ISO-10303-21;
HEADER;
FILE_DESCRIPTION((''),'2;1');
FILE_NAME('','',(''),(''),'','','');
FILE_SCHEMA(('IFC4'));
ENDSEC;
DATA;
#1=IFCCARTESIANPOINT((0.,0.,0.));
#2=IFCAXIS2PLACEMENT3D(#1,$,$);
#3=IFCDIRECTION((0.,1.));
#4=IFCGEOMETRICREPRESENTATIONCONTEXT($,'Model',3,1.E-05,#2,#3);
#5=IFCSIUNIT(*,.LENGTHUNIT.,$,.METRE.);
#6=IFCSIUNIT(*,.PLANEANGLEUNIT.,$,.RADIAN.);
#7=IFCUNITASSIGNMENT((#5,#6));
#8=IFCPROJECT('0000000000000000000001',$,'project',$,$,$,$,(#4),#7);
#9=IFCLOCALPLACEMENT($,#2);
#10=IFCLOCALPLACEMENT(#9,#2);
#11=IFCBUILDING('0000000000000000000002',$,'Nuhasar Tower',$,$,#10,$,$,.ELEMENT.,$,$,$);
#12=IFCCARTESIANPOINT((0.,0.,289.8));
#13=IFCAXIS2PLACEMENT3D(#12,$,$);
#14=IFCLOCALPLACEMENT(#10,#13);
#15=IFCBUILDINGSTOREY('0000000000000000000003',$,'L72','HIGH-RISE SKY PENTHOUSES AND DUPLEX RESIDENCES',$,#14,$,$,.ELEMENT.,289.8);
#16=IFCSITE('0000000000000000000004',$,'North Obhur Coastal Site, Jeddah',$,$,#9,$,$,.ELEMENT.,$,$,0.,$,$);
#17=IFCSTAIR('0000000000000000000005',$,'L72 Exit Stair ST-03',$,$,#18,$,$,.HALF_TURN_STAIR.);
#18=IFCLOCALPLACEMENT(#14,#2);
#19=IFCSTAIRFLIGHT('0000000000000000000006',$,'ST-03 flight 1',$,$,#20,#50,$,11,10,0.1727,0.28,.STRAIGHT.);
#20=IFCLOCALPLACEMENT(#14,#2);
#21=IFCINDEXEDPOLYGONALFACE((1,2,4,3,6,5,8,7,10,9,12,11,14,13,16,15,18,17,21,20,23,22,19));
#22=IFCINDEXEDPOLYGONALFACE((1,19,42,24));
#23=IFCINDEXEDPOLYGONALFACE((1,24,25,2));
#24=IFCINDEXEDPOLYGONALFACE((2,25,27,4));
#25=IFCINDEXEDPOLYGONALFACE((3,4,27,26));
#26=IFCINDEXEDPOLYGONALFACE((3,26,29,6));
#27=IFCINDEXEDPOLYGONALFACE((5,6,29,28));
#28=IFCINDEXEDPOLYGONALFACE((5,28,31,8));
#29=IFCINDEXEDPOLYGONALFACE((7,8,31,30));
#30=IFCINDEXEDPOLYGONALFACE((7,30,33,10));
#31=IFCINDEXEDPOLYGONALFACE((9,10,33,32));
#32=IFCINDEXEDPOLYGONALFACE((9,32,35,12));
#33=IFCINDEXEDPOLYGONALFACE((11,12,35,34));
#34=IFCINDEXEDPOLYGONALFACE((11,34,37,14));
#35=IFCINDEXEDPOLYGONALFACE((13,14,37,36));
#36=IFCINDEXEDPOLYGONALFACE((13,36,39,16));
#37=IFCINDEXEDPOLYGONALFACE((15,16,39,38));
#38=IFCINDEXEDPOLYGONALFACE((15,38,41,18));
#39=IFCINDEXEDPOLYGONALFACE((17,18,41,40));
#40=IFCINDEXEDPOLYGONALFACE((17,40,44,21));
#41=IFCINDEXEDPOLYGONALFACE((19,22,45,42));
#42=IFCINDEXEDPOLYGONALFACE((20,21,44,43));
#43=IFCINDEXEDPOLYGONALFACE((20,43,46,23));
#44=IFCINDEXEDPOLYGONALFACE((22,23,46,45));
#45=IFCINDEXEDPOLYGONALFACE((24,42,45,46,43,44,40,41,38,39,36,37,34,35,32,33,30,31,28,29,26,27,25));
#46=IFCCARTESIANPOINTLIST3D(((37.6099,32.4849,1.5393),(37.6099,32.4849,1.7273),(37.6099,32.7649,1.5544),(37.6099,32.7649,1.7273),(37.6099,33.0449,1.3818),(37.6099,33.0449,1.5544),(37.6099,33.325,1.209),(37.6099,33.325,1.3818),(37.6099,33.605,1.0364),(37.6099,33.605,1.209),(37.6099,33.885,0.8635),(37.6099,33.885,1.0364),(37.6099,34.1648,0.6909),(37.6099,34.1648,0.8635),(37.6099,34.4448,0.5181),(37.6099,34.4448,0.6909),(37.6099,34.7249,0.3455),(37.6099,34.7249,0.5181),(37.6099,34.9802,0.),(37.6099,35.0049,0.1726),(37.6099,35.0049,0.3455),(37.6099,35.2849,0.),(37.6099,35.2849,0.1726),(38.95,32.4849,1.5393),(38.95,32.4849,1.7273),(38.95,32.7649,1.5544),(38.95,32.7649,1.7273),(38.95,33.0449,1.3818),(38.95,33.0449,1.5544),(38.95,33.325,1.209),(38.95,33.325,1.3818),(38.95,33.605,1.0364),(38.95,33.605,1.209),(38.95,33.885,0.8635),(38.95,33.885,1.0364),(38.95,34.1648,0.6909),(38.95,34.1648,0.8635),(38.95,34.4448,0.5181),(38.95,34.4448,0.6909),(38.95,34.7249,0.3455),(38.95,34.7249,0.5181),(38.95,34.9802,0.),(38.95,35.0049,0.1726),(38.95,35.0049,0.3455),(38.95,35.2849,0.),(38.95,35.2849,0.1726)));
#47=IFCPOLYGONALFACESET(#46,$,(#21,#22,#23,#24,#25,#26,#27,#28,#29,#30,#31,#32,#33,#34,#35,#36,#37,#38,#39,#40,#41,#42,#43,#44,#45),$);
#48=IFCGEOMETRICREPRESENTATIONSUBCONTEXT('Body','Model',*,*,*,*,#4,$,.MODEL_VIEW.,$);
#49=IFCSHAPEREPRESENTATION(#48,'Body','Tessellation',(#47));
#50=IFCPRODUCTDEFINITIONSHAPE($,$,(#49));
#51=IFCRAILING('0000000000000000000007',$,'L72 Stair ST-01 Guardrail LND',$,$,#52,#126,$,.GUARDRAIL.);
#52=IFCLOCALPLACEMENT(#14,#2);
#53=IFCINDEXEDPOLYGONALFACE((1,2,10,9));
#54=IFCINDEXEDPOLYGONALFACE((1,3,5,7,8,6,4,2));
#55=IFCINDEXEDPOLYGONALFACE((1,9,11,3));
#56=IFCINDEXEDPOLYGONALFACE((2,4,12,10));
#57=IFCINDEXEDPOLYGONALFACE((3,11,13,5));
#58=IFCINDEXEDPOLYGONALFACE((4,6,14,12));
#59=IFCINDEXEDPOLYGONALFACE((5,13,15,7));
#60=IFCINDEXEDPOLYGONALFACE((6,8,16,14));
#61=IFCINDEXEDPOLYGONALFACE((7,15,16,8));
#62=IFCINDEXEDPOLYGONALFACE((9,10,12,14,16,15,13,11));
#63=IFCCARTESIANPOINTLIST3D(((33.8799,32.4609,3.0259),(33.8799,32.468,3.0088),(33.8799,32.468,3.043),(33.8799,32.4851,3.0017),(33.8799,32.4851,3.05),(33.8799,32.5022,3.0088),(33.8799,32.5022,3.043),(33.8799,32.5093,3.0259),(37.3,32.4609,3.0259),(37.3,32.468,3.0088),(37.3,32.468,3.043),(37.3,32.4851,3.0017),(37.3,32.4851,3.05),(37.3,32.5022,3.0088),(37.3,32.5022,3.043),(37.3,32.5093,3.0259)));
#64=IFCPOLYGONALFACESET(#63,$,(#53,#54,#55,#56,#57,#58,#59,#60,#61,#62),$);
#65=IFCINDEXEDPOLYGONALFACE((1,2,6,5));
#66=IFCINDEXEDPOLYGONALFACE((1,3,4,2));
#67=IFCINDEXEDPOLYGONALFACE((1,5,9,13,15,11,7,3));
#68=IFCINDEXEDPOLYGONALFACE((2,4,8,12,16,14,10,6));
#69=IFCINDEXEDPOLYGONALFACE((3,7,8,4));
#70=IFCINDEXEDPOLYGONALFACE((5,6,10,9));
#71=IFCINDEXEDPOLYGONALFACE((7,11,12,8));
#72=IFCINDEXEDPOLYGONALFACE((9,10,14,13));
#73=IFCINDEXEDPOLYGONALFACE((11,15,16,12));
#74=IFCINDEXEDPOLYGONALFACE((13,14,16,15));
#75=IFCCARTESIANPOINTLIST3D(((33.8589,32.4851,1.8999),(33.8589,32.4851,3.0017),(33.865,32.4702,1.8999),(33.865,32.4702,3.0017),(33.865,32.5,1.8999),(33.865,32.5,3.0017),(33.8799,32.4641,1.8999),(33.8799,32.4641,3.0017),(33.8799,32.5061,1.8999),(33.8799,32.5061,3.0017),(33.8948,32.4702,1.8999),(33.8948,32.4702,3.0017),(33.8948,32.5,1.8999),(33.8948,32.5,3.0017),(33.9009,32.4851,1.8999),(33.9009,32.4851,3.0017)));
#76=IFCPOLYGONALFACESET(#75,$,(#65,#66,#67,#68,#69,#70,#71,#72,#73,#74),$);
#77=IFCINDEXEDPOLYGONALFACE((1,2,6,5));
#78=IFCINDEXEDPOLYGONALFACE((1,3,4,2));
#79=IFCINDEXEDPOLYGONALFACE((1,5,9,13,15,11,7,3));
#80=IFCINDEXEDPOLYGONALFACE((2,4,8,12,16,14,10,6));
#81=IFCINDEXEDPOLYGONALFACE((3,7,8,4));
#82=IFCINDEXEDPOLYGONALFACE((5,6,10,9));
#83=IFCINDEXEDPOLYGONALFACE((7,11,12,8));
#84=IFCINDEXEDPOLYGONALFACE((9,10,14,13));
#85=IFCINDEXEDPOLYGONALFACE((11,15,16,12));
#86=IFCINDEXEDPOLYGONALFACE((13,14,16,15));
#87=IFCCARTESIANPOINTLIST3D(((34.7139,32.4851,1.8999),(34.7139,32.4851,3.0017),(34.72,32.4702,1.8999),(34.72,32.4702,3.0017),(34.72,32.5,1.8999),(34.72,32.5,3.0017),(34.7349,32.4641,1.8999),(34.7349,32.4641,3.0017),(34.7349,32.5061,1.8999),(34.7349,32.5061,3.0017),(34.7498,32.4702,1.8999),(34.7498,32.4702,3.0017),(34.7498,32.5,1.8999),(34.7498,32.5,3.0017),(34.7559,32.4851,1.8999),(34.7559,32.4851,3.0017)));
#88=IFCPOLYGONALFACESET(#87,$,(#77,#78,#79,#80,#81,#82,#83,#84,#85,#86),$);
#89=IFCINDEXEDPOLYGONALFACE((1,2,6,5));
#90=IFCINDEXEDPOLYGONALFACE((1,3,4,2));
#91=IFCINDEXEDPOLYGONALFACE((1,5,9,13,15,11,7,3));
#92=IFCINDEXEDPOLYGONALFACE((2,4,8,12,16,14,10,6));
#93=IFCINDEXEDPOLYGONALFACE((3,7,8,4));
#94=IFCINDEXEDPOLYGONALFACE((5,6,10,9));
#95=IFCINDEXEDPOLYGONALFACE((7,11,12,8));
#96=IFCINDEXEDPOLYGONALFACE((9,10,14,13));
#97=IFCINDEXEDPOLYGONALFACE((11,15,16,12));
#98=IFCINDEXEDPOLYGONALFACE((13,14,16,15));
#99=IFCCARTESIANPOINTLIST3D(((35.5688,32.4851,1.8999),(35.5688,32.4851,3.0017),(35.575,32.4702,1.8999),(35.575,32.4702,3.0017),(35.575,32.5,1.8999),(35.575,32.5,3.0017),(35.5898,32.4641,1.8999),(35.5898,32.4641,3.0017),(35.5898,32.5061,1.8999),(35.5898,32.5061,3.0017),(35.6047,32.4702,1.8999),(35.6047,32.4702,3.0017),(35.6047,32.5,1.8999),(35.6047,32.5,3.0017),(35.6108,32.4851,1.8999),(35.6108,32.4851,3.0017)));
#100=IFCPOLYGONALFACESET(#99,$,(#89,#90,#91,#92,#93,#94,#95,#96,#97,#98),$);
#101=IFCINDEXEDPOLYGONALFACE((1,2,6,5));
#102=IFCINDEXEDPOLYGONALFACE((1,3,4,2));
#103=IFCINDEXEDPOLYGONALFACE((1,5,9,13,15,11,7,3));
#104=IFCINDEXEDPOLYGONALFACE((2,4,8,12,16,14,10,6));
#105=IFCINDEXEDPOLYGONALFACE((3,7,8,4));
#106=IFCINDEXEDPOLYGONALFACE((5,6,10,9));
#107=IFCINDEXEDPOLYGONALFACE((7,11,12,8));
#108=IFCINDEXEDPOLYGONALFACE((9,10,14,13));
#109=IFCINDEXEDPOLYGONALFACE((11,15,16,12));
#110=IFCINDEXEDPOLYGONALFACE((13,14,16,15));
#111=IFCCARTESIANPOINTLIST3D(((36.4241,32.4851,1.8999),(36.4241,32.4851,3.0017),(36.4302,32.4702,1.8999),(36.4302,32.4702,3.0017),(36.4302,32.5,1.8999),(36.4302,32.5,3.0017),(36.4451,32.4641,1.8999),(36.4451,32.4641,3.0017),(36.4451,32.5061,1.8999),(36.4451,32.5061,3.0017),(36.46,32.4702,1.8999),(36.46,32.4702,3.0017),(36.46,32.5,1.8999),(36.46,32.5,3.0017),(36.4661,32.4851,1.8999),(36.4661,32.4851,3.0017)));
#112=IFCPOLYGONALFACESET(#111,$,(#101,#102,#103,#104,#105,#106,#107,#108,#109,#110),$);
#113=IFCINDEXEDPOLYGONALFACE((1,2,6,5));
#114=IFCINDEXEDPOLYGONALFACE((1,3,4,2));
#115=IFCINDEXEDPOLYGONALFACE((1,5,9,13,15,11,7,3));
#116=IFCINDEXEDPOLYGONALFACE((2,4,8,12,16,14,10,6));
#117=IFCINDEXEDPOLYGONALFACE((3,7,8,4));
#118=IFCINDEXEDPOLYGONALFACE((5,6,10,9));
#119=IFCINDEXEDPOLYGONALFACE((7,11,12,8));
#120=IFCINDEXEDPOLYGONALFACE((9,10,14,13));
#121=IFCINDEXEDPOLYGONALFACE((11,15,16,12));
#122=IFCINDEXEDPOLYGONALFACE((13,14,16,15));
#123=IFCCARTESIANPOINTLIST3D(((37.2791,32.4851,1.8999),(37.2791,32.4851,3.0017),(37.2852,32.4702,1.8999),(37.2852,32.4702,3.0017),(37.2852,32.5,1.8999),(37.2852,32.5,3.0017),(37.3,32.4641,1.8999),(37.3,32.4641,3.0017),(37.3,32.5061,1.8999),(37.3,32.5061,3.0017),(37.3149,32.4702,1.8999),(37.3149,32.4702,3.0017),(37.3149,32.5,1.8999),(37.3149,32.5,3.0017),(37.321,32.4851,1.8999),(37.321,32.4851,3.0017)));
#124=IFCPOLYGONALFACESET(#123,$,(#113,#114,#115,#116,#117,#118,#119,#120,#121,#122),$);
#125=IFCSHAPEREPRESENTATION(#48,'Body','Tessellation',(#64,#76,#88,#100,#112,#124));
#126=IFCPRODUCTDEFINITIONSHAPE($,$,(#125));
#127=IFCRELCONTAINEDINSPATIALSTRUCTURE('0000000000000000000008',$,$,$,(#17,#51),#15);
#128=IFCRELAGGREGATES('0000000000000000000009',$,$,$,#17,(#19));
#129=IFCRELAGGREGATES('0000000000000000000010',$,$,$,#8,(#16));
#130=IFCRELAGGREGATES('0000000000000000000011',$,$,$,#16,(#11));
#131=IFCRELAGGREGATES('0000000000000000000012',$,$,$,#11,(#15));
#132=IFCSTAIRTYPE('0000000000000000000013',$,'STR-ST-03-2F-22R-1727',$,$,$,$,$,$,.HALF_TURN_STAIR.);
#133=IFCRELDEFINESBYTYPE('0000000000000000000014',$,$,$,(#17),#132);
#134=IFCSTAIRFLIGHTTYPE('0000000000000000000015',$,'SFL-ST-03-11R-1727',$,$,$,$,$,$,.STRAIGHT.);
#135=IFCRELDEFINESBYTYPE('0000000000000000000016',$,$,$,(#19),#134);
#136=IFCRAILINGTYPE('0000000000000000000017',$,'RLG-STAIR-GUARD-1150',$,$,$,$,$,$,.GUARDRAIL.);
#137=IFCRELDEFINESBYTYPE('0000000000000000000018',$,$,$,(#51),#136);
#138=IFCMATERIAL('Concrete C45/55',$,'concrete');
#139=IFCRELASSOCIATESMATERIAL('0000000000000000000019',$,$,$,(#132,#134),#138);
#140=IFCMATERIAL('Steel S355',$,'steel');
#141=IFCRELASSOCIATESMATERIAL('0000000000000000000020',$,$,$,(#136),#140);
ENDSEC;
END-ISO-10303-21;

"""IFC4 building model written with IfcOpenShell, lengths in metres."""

from ifc_helpers import new_model, si_unit, direction, frame, origin, place, context, subcontext, project, spatial, polyline, outline, extrude, material, type_object, element, aggregate, save


model = new_model("IFC4")

# Units and contexts
model_context = context("Model", 3, precision=1e-05, world=origin(), true_north=direction((0.0, 1.0)))
body_context = subcontext(model_context, "Body", "Model", "MODEL_VIEW")
ifc_project = project(units=[si_unit("LENGTHUNIT", "METRE"), si_unit("PLANEANGLEUNIT", "RADIAN")], contexts=[model_context])

# Site, building, storey
site_placement = place(None, origin())
site = spatial("IfcSite", under=ifc_project, at=site_placement, Name="North Obhur Coastal Site, Jeddah", CompositionType="ELEMENT", RefElevation=0.0)
building_placement = place(site_placement, origin())
building = spatial("IfcBuilding", under=site, at=building_placement, Name="Nuhasar Tower", CompositionType="ELEMENT")
storey_placement = place(building_placement, frame((0.0, 0.0, 289.8)))
storey = spatial("IfcBuildingStorey", under=building, at=storey_placement, Name="L72", Description="HIGH-RISE SKY PENTHOUSES AND DUPLEX RESIDENCES", CompositionType="ELEMENT", Elevation=289.8)

# Shared definitions
ifc_material_1 = material(Name="Steel S355", Category="steel")

# Shared definitions
ifc_material_2 = material(Name="Concrete C45/55", Category="concrete")

# Stair, stair flight
stair_type_1 = type_object("IfcStairType", Name="STR-ST-03-2F-22R-1727", PredefinedType="HALF_TURN_STAIR", material=ifc_material_2)
stair_1_placement = place(storey_placement, origin())
stair_1 = element("IfcStair", 1, at=stair_1_placement, inside=storey, type_object=stair_type_1, Name="L72 Exit Stair ST-03", PredefinedType="HALF_TURN_STAIR")
stair_flight_type_1 = type_object("IfcStairFlightType", Name="SFL-ST-03-11R-1727", PredefinedType="STRAIGHT", material=ifc_material_2)
stair_flight_1_placement = place(storey_placement, frame((38.28, 35.2849, 0.0), z_axis=(0.0, 0.0, 1.0), x_axis=(0.0, -1.0, 0.0)))
stair_flight_1 = element("IfcStairFlight", 2, at=stair_flight_1_placement, type_object=stair_flight_type_1, Name="ST-03 flight 1", NumberOfRisers=11, NumberOfTreads=10, PredefinedType="STRAIGHT", RiserHeight=0.1727, TreadLength=0.28, context=body_context, shape_type="SweptSolid", body=[
    extrude(outline(polyline([(0.0, 0.0), (0.0, 0.1726), (0.28, 0.1726), (0.28, 0.3455), (0.5601, 0.3455), (0.5601, 0.5181), (0.8401, 0.5181), (0.8401, 0.6909), (1.1201, 0.6909), (1.1201, 0.8635), (1.3999, 0.8635), (1.3999, 1.0364), (1.6799, 1.0364), (1.6799, 1.209), (1.96, 1.209), (1.96, 1.3818), (2.24, 1.3818), (2.24, 1.5544), (2.52, 1.5544), (2.52, 1.7273), (2.8, 1.7273), (2.8, 1.8999), (2.8, 1.5393), (0.3047, 0.0), (0.0, 0.0)])), frame((0.0, 0.6699, 0.0), z_axis=(0.0, -1.0, 0.0), x_axis=(1.0, 0.0, 0.0)), (0.0, 0.0, 1.0), 1.3401),
])
aggregate(stair_1, [stair_flight_1])

# Railing
railing_type_1 = type_object("IfcRailingType", Name="RLG-STAIR-GUARD-1150", PredefinedType="GUARDRAIL", material=ifc_material_1)
railing_1_placement = place(storey_placement, frame((33.8799, 32.4851, 1.8999)))
element("IfcRailing", 3, at=railing_1_placement, inside=storey, type_object=railing_type_1, Name="L72 Stair ST-01 Guardrail LND", PredefinedType="GUARDRAIL", context=body_context, shape_type="SweptSolid", body=[
    extrude(outline(polyline([(0.0242, 0.0), (0.0171, 0.0171), (0.0, 0.0242), (-0.0171, 0.0171), (-0.0242, 0.0), (-0.0171, -0.0171), (0.0, -0.0242), (0.0171, -0.0171), (0.0242, 0.0)])), frame((0.0, 0.0, 1.126), z_axis=(1.0, 0.0, 0.0), x_axis=(0.0, 1.0, 0.0)), (0.0, 0.0, 1.0), 3.4202),
    extrude(outline(polyline([(0.021, 0.0), (0.0149, 0.0149), (0.0, 0.021), (-0.0149, 0.0149), (-0.021, 0.0), (-0.0149, -0.0149), (0.0, -0.021), (0.0149, -0.0149), (0.021, 0.0)])), origin(), (0.0, 0.0, 1.0), 1.1018),
    extrude(outline(polyline([(0.021, 0.0), (0.0149, 0.0149), (0.0, 0.021), (-0.0149, 0.0149), (-0.021, 0.0), (-0.0149, -0.0149), (0.0, -0.021), (0.0149, -0.0149), (0.021, 0.0)])), frame((0.855, 0.0, 0.0)), (0.0, 0.0, 1.0), 1.1018),
    extrude(outline(polyline([(0.021, 0.0), (0.0149, 0.0149), (0.0, 0.021), (-0.0149, 0.0149), (-0.021, 0.0), (-0.0149, -0.0149), (0.0, -0.021), (0.0149, -0.0149), (0.021, 0.0)])), frame((1.71, 0.0, 0.0)), (0.0, 0.0, 1.0), 1.1018),
    extrude(outline(polyline([(0.021, 0.0), (0.0149, 0.0149), (0.0, 0.021), (-0.0149, 0.0149), (-0.021, 0.0), (-0.0149, -0.0149), (0.0, -0.021), (0.0149, -0.0149), (0.021, 0.0)])), frame((2.5652, 0.0, 0.0)), (0.0, 0.0, 1.0), 1.1018),
    extrude(outline(polyline([(0.021, 0.0), (0.0149, 0.0149), (0.0, 0.021), (-0.0149, 0.0149), (-0.021, 0.0), (-0.0149, -0.0149), (0.0, -0.021), (0.0149, -0.0149), (0.021, 0.0)])), frame((3.4202, 0.0, 0.0)), (0.0, 0.0, 1.0), 1.1018),
])

save(model, "model.ifc")
